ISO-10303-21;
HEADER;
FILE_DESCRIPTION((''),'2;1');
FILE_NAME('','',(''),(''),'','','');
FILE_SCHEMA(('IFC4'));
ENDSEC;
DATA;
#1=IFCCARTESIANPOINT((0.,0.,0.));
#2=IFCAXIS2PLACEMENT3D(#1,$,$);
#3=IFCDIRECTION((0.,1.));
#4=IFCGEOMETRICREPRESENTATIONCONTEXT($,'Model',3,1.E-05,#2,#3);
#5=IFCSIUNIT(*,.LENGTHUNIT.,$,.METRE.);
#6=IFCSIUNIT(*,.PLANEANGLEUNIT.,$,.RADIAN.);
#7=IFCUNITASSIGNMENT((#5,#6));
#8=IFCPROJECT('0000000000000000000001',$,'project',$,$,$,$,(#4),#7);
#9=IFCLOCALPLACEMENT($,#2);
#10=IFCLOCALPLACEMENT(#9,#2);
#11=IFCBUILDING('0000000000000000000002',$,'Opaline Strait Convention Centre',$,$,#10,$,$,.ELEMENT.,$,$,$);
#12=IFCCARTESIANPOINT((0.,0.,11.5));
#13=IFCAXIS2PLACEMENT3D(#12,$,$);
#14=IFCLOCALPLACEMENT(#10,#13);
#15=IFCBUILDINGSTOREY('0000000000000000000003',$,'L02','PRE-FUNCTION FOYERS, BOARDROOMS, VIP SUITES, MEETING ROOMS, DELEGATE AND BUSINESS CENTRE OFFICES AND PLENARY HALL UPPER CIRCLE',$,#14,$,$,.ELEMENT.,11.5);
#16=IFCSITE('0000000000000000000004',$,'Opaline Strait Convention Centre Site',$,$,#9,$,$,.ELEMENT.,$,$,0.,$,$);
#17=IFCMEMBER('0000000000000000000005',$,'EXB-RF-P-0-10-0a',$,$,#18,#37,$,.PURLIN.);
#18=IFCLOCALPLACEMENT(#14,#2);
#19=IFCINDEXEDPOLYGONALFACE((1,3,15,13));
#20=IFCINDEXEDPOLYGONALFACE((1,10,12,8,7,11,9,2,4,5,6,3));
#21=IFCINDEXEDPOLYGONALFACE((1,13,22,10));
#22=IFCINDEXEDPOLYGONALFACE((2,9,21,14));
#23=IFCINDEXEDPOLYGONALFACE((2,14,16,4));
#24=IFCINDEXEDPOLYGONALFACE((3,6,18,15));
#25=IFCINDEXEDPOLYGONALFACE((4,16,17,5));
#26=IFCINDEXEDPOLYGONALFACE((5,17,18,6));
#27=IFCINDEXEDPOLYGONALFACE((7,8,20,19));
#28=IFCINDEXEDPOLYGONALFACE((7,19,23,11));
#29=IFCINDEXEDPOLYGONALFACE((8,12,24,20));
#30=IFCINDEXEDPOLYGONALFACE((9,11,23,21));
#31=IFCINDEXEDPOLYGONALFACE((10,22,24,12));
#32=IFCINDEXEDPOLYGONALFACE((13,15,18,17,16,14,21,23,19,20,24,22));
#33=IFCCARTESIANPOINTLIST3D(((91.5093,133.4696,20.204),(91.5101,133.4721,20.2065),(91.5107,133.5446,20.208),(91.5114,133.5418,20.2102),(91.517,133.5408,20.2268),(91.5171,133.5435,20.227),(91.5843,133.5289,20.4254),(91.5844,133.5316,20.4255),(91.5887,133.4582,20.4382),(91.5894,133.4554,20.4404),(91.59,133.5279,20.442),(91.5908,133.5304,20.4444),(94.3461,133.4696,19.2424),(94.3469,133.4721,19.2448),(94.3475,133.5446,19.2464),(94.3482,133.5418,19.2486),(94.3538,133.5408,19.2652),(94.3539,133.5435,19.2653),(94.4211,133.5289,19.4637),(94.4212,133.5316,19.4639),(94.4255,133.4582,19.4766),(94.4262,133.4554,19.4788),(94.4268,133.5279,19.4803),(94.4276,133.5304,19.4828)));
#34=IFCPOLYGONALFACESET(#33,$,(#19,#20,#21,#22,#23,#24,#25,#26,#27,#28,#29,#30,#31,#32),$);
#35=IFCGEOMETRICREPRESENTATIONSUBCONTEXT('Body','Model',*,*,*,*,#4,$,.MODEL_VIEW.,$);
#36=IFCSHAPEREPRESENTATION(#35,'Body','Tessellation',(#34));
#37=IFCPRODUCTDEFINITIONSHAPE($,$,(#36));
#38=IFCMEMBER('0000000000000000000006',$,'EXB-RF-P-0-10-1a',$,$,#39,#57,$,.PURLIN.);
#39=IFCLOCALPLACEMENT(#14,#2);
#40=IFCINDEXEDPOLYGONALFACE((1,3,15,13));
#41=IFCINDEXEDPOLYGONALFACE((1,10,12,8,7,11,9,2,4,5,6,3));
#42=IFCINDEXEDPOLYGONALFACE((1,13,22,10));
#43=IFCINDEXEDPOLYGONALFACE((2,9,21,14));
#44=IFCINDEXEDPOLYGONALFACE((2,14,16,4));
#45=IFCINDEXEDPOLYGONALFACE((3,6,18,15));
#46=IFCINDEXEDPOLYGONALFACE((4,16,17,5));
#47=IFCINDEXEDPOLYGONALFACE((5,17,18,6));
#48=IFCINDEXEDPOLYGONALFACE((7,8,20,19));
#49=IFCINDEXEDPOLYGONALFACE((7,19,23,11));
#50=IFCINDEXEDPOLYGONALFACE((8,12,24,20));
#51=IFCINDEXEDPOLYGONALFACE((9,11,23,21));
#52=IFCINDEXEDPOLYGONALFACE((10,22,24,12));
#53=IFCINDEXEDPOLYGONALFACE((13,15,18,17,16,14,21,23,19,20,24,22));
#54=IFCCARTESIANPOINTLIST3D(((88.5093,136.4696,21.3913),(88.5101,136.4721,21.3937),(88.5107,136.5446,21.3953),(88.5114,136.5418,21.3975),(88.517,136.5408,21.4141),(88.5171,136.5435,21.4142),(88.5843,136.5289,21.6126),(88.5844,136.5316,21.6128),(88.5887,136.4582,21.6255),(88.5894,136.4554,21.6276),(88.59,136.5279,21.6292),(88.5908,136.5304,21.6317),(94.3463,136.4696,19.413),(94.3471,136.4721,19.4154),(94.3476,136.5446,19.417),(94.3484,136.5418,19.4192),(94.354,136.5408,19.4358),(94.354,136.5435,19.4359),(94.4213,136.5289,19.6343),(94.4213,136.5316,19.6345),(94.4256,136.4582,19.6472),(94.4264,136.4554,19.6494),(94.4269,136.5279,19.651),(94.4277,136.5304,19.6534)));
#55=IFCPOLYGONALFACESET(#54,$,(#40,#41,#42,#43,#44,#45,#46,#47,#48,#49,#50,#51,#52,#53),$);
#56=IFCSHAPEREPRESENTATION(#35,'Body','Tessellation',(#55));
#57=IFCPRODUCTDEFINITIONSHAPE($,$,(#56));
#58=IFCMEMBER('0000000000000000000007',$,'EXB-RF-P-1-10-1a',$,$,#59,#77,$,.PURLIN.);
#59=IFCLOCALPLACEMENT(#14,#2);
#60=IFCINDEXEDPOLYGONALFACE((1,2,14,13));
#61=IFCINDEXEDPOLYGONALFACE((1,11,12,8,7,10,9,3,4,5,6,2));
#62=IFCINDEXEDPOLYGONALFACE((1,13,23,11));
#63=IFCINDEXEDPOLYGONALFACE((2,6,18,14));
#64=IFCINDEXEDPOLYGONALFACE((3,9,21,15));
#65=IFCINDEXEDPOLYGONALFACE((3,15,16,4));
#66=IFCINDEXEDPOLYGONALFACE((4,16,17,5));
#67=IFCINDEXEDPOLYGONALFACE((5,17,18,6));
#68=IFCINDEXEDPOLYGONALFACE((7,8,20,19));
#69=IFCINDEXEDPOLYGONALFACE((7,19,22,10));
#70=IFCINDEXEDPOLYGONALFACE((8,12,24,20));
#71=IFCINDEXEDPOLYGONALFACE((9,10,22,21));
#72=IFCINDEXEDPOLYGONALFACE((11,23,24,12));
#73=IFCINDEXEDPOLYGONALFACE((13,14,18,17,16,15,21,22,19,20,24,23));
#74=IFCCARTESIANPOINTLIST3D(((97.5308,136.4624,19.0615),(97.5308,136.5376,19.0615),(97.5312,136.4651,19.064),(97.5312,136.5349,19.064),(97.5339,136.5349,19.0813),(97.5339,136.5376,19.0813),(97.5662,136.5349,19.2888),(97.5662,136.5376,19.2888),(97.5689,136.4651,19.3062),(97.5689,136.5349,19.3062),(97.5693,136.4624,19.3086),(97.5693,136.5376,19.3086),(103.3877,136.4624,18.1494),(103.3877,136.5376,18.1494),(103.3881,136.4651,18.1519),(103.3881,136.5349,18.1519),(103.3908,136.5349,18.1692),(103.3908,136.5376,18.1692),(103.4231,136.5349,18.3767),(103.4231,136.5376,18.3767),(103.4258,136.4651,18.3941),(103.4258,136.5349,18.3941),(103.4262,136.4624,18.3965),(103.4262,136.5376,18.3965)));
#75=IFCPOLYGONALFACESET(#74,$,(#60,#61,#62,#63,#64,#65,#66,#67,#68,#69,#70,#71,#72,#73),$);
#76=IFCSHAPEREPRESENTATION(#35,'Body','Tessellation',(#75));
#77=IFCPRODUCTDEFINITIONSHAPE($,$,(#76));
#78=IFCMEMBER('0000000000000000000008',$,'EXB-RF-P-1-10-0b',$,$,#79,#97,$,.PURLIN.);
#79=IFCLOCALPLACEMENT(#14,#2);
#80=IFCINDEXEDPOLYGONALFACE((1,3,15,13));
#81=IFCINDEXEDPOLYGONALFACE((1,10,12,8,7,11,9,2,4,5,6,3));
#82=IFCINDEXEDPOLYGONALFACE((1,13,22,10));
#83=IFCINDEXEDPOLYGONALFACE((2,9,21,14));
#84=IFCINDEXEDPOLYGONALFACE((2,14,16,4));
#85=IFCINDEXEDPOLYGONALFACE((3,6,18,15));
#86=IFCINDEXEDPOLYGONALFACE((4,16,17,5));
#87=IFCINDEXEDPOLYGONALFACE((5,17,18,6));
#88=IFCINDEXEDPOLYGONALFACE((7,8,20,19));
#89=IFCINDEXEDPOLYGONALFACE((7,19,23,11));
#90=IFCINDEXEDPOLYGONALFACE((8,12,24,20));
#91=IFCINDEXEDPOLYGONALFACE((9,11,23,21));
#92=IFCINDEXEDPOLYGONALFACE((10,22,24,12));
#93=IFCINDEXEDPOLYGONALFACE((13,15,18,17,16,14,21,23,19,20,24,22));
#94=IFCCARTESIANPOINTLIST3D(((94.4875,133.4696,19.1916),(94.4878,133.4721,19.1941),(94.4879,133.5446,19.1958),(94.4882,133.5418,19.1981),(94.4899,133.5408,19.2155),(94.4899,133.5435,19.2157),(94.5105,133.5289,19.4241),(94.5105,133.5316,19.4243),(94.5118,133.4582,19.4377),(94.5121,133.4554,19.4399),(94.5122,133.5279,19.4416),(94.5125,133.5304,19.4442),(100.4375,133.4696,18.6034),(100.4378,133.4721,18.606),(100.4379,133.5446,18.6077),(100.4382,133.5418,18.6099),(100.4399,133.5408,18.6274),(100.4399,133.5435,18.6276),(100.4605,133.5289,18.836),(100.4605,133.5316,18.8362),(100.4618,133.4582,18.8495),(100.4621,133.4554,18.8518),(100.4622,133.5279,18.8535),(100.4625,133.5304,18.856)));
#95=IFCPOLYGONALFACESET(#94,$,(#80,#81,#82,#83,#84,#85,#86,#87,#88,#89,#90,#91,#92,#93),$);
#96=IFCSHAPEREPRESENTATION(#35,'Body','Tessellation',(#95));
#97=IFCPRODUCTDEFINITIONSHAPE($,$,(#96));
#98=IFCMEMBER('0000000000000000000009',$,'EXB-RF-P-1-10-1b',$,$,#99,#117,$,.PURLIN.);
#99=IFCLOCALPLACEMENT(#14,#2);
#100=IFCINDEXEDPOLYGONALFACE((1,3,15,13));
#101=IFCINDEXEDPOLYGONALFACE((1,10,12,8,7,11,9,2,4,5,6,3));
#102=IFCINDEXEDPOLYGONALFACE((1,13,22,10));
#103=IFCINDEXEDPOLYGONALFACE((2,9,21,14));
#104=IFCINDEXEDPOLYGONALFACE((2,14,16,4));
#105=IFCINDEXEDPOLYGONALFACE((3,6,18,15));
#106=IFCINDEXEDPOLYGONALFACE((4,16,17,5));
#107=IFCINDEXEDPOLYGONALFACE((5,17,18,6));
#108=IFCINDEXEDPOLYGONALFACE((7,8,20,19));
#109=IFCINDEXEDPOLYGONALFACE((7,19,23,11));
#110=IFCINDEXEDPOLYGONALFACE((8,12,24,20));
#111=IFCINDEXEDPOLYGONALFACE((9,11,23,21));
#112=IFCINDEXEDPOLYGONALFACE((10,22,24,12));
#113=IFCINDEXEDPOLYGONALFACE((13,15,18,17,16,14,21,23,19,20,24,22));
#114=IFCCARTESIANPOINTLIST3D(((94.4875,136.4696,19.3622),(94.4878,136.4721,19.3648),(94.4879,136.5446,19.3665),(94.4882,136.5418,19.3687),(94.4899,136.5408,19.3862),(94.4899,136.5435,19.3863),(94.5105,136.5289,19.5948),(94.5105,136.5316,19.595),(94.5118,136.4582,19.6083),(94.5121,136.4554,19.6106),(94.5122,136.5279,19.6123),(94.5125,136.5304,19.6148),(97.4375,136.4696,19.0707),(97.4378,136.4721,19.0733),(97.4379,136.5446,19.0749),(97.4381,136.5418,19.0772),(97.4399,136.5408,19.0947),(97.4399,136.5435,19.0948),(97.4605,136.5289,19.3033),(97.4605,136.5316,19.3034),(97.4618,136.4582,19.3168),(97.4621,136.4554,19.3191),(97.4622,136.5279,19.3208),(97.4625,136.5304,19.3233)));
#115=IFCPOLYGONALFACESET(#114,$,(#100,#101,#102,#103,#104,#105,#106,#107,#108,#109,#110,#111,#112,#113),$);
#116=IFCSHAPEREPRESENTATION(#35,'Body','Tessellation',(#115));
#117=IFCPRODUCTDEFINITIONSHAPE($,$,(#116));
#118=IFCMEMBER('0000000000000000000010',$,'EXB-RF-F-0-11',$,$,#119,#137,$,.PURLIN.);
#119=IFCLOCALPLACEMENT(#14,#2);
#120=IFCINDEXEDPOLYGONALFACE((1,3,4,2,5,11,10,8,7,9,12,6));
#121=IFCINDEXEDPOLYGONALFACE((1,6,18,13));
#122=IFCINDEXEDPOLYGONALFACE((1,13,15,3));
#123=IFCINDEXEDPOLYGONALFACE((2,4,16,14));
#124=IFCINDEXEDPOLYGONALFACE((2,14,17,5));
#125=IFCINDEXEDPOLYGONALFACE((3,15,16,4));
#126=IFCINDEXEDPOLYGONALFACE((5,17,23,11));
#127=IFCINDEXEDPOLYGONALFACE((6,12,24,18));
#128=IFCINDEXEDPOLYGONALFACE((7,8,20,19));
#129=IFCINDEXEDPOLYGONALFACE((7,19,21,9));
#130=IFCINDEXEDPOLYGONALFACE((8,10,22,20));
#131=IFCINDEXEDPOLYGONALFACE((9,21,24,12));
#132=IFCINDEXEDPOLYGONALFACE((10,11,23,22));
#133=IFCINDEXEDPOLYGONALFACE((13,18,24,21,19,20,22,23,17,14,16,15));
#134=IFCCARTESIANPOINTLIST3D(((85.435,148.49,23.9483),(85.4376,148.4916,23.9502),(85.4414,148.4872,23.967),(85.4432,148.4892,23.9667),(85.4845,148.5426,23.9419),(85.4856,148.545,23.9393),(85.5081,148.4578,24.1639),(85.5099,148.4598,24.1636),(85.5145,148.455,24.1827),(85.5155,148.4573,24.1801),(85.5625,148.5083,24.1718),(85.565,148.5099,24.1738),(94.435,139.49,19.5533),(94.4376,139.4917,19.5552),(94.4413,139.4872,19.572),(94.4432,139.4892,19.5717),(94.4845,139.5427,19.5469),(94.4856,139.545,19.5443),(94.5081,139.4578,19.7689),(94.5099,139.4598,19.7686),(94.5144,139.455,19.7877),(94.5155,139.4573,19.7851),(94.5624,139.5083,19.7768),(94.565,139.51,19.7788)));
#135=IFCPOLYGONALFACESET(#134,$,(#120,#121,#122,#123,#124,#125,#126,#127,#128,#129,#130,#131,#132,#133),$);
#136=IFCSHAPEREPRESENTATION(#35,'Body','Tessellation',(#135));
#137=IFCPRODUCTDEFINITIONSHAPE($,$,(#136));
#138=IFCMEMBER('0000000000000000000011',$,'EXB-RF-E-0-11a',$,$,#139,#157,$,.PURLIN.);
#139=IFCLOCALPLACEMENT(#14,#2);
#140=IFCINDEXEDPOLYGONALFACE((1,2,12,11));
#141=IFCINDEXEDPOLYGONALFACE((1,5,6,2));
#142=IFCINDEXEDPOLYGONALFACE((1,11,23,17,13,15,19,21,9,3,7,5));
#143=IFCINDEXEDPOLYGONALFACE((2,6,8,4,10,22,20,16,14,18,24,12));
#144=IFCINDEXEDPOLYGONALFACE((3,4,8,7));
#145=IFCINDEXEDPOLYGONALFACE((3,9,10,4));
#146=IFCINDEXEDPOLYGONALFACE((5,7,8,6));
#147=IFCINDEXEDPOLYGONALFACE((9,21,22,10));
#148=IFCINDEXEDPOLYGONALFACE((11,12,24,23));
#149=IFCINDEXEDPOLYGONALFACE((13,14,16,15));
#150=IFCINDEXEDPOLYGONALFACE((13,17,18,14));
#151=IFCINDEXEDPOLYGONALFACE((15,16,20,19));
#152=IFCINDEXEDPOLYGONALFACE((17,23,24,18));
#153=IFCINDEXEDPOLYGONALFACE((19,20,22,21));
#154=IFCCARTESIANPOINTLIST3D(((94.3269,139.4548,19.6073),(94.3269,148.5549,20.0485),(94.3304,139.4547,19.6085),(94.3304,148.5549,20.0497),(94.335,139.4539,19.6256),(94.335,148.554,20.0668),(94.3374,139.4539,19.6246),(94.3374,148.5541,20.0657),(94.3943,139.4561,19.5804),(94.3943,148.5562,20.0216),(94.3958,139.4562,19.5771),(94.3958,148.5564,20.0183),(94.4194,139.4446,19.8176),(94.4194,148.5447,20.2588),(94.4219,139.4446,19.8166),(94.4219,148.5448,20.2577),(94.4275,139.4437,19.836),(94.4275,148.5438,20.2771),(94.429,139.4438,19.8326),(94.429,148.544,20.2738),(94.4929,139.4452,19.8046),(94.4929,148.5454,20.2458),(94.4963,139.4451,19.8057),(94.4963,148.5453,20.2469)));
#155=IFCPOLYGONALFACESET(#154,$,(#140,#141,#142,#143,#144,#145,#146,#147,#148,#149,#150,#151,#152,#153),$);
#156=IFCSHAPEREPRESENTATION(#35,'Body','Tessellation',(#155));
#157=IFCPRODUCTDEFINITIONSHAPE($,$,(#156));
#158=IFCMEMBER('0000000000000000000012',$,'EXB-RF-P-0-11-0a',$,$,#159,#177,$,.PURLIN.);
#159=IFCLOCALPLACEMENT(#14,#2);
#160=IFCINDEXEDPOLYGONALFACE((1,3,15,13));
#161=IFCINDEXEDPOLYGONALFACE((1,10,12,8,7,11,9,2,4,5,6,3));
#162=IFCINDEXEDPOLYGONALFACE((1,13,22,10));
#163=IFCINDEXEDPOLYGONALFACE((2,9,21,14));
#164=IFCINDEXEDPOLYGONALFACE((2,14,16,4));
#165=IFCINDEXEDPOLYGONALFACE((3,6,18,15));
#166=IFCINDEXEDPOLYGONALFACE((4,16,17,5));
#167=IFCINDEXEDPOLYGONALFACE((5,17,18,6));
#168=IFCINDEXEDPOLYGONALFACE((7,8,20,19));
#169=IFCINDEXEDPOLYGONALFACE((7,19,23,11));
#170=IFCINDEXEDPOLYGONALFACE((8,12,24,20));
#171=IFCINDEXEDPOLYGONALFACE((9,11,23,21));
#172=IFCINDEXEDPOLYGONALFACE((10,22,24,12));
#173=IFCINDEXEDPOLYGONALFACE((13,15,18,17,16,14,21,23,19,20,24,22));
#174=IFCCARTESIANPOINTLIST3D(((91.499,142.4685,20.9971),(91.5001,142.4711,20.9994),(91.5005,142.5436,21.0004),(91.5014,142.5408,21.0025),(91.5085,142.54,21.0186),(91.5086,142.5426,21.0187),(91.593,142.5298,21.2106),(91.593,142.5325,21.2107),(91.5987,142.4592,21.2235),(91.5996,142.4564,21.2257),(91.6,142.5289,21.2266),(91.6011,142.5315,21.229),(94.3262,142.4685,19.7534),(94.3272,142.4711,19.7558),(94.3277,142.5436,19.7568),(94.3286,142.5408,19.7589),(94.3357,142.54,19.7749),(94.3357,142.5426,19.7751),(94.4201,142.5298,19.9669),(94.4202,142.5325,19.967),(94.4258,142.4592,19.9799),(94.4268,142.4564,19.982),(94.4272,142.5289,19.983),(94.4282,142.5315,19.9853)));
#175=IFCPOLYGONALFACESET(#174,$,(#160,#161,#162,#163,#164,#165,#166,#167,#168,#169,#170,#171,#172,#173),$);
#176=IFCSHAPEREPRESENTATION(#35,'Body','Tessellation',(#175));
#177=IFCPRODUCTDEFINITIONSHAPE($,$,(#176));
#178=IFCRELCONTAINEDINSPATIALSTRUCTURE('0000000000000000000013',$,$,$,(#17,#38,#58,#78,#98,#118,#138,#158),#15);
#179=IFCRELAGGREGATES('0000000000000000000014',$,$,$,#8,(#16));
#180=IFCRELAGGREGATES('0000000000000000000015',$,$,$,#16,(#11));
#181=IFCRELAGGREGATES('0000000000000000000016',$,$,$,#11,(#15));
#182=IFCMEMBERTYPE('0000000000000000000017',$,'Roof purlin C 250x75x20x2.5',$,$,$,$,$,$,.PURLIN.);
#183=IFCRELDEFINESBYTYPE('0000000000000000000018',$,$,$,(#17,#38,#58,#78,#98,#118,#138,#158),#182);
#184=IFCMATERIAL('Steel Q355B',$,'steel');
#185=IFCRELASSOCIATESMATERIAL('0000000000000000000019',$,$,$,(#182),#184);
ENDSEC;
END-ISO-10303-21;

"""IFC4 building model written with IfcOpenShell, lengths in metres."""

from ifc_helpers import new_model, si_unit, direction, frame, origin, place, context, subcontext, project, spatial, polyline, outline, extrude, material, material_profile, profile_set, type_object, element, save


model = new_model("IFC4")

# Units and contexts
model_context = context("Model", 3, precision=1e-05, world=origin(), true_north=direction((0.0, 1.0)))
body_context = subcontext(model_context, "Body", "Model", "MODEL_VIEW")
ifc_project = project(units=[si_unit("LENGTHUNIT", "METRE"), si_unit("PLANEANGLEUNIT", "RADIAN")], contexts=[model_context])

# Site, building, storey
site_placement = place(None, origin())
site = spatial("IfcSite", under=ifc_project, at=site_placement, Name="Opaline Strait Convention Centre Site", CompositionType="ELEMENT", RefElevation=0.0)
building_placement = place(site_placement, origin())
building = spatial("IfcBuilding", under=site, at=building_placement, Name="Opaline Strait Convention Centre", CompositionType="ELEMENT")
storey_placement = place(building_placement, frame((0.0, 0.0, 11.5)))
storey = spatial("IfcBuildingStorey", under=building, at=storey_placement, Name="L02", Description="PRE-FUNCTION FOYERS, BOARDROOMS, VIP SUITES, MEETING ROOMS, DELEGATE AND BUSINESS CENTRE OFFICES AND PLENARY HALL UPPER CIRCLE", CompositionType="ELEMENT", Elevation=11.5)

# Members
ifc_material_1 = material(Name="Steel Q355B", Category="steel")
ifc_material_profile_1 = material_profile(ifc_material_1, outline(polyline([(-0.0376, -0.125), (0.0376, -0.125), (0.0376, -0.105), (0.0349, -0.105), (0.0349, -0.1226), (-0.0349, -0.1226), (-0.0349, 0.1226), (0.0349, 0.1226), (0.0349, 0.105), (0.0376, 0.105), (0.0376, 0.125), (-0.0376, 0.125), (-0.0376, -0.125)])), Name="C 250x75x20x2.5")
ifc_profile_set_1 = profile_set([ifc_material_profile_1], Name="Steel Q355B")
member_type_1 = type_object("IfcMemberType", Name="Roof purlin C 250x75x20x2.5", PredefinedType="PURLIN", material=ifc_profile_set_1)
member_1_placement = place(storey_placement, frame((91.55, 133.5, 20.3242), z_axis=(0.947065, 0.0, -0.321041), x_axis=(0.018225, 0.998387, 0.053764)))
element("IfcMember", 1, at=member_1_placement, inside=storey, type_object=member_type_1, Name="EXB-RF-P-0-10-0a", PredefinedType="PURLIN", context=body_context, shape_type="SweptSolid", body=[
    extrude(outline(polyline([(-0.0376, -0.125), (0.0376, -0.125), (0.0376, -0.105), (0.0349, -0.105), (0.0349, -0.1226), (-0.0349, -0.1226), (-0.0349, 0.1226), (0.0349, 0.1226), (0.0349, 0.105), (0.0376, 0.105), (0.0376, 0.125), (-0.0376, 0.125), (-0.0376, -0.125)])), origin(), (0.0, 0.0, 1.0), 2.9954),
])
member_2_placement = place(storey_placement, frame((88.55, 136.5, 21.5115), z_axis=(0.947083, 0.0, -0.320989), x_axis=(0.018222, 0.998387, 0.053765)))
element("IfcMember", 2, at=member_2_placement, inside=storey, type_object=member_type_1, Name="EXB-RF-P-0-10-1a", PredefinedType="PURLIN", context=body_context, shape_type="SweptSolid", body=[
    extrude(outline(polyline([(-0.0376, -0.125), (0.0376, -0.125), (0.0376, -0.105), (0.0349, -0.105), (0.0349, -0.1226), (-0.0349, -0.1226), (-0.0349, 0.1226), (0.0349, 0.1226), (0.0349, 0.105), (0.0376, 0.105), (0.0376, 0.125), (-0.0376, 0.125), (-0.0376, -0.125)])), origin(), (0.0, 0.0, 1.0), 6.1631),
])
member_3_placement = place(storey_placement, frame((97.55, 136.5, 19.1851), z_axis=(0.98809, 0.0, -0.153877), x_axis=(0.0, 1.0, 0.0)))
element("IfcMember", 3, at=member_3_placement, inside=storey, type_object=member_type_1, Name="EXB-RF-P-1-10-1a", PredefinedType="PURLIN", context=body_context, shape_type="SweptSolid", body=[
    extrude(outline(polyline([(-0.0376, -0.125), (0.0376, -0.125), (0.0376, -0.105), (0.0349, -0.105), (0.0349, -0.1226), (-0.0349, -0.1226), (-0.0349, 0.1226), (0.0349, 0.1226), (0.0349, 0.105), (0.0376, 0.105), (0.0376, 0.125), (-0.0376, 0.125), (-0.0376, -0.125)])), origin(), (0.0, 0.0, 1.0), 5.9275),
])
member_4_placement = place(storey_placement, frame((94.5, 133.5, 19.3179), z_axis=(0.99515, 0.0, -0.098368), x_axis=(0.005584, 0.998387, 0.056494)))
element("IfcMember", 4, at=member_4_placement, inside=storey, type_object=member_type_1, Name="EXB-RF-P-1-10-0b", PredefinedType="PURLIN", context=body_context, shape_type="SweptSolid", body=[
    extrude(outline(polyline([(-0.0376, -0.125), (0.0376, -0.125), (0.0376, -0.105), (0.0349, -0.105), (0.0349, -0.1226), (-0.0349, -0.1226), (-0.0349, 0.1226), (0.0349, 0.1226), (0.0349, 0.105), (0.0376, 0.105), (0.0376, 0.125), (-0.0376, 0.125), (-0.0376, -0.125)])), origin(), (0.0, 0.0, 1.0), 5.979),
])
member_5_placement = place(storey_placement, frame((94.5, 136.5, 19.4885), z_axis=(0.995153, 0.0, -0.098338), x_axis=(0.005583, 0.998387, 0.056494)))
element("IfcMember", 5, at=member_5_placement, inside=storey, type_object=member_type_1, Name="EXB-RF-P-1-10-1b", PredefinedType="PURLIN", context=body_context, shape_type="SweptSolid", body=[
    extrude(outline(polyline([(-0.0376, -0.125), (0.0376, -0.125), (0.0376, -0.105), (0.0349, -0.105), (0.0349, -0.1226), (-0.0349, -0.1226), (-0.0349, 0.1226), (0.0349, 0.1226), (0.0349, 0.105), (0.0376, 0.105), (0.0376, 0.125), (-0.0376, 0.125), (-0.0376, -0.125)])), origin(), (0.0, 0.0, 1.0), 2.9644),
])
member_6_placement = place(storey_placement, frame((94.5, 139.5, 19.666), z_axis=(-0.668381, 0.668381, 0.326394), x_axis=(-0.672492, -0.730507, 0.118801)))
element("IfcMember", 6, at=member_6_placement, inside=storey, type_object=member_type_1, Name="EXB-RF-F-0-11", PredefinedType="PURLIN", context=body_context, shape_type="SweptSolid", body=[
    extrude(outline(polyline([(-0.0376, -0.125), (0.0376, -0.125), (0.0376, -0.105), (0.0349, -0.105), (0.0349, -0.1226), (-0.0349, -0.1226), (-0.0349, 0.1226), (0.0349, 0.1226), (0.0349, 0.105), (0.0376, 0.105), (0.0376, 0.125), (-0.0376, 0.125), (-0.0376, -0.125)])), origin(), (0.0, 0.0, 1.0), 13.4653),
])
member_7_placement = place(storey_placement, frame((94.4116, 139.45, 19.7065), z_axis=(0.0, 0.998827, 0.048422), x_axis=(-0.915533, -0.019477, 0.401772)))
element("IfcMember", 7, at=member_7_placement, inside=storey, type_object=member_type_1, Name="EXB-RF-E-0-11a", PredefinedType="PURLIN", context=body_context, shape_type="SweptSolid", body=[
    extrude(outline(polyline([(-0.0376, -0.125), (0.0376, -0.125), (0.0376, -0.105), (0.0349, -0.105), (0.0349, -0.1226), (-0.0349, -0.1226), (-0.0349, 0.1226), (0.0349, 0.1226), (0.0349, 0.105), (0.0376, 0.105), (0.0376, 0.125), (-0.0376, 0.125), (-0.0376, -0.125)])), origin(), (0.0, 0.0, 1.0), 9.1108),
])
member_8_placement = place(storey_placement, frame((91.55, 142.5, 21.113), z_axis=(0.91535, 0.0, -0.402659), x_axis=(0.019502, 0.998826, 0.044333)))
element("IfcMember", 8, at=member_8_placement, inside=storey, type_object=member_type_1, Name="EXB-RF-P-0-11-0a", PredefinedType="PURLIN", context=body_context, shape_type="SweptSolid", body=[
    extrude(outline(polyline([(-0.0376, -0.125), (0.0376, -0.125), (0.0376, -0.105), (0.0349, -0.105), (0.0349, -0.1226), (-0.0349, -0.1226), (-0.0349, 0.1226), (0.0349, 0.1226), (0.0349, 0.105), (0.0376, 0.105), (0.0376, 0.125), (-0.0376, 0.125), (-0.0376, -0.125)])), origin(), (0.0, 0.0, 1.0), 3.0886),
])

save(model, "model.ifc")
